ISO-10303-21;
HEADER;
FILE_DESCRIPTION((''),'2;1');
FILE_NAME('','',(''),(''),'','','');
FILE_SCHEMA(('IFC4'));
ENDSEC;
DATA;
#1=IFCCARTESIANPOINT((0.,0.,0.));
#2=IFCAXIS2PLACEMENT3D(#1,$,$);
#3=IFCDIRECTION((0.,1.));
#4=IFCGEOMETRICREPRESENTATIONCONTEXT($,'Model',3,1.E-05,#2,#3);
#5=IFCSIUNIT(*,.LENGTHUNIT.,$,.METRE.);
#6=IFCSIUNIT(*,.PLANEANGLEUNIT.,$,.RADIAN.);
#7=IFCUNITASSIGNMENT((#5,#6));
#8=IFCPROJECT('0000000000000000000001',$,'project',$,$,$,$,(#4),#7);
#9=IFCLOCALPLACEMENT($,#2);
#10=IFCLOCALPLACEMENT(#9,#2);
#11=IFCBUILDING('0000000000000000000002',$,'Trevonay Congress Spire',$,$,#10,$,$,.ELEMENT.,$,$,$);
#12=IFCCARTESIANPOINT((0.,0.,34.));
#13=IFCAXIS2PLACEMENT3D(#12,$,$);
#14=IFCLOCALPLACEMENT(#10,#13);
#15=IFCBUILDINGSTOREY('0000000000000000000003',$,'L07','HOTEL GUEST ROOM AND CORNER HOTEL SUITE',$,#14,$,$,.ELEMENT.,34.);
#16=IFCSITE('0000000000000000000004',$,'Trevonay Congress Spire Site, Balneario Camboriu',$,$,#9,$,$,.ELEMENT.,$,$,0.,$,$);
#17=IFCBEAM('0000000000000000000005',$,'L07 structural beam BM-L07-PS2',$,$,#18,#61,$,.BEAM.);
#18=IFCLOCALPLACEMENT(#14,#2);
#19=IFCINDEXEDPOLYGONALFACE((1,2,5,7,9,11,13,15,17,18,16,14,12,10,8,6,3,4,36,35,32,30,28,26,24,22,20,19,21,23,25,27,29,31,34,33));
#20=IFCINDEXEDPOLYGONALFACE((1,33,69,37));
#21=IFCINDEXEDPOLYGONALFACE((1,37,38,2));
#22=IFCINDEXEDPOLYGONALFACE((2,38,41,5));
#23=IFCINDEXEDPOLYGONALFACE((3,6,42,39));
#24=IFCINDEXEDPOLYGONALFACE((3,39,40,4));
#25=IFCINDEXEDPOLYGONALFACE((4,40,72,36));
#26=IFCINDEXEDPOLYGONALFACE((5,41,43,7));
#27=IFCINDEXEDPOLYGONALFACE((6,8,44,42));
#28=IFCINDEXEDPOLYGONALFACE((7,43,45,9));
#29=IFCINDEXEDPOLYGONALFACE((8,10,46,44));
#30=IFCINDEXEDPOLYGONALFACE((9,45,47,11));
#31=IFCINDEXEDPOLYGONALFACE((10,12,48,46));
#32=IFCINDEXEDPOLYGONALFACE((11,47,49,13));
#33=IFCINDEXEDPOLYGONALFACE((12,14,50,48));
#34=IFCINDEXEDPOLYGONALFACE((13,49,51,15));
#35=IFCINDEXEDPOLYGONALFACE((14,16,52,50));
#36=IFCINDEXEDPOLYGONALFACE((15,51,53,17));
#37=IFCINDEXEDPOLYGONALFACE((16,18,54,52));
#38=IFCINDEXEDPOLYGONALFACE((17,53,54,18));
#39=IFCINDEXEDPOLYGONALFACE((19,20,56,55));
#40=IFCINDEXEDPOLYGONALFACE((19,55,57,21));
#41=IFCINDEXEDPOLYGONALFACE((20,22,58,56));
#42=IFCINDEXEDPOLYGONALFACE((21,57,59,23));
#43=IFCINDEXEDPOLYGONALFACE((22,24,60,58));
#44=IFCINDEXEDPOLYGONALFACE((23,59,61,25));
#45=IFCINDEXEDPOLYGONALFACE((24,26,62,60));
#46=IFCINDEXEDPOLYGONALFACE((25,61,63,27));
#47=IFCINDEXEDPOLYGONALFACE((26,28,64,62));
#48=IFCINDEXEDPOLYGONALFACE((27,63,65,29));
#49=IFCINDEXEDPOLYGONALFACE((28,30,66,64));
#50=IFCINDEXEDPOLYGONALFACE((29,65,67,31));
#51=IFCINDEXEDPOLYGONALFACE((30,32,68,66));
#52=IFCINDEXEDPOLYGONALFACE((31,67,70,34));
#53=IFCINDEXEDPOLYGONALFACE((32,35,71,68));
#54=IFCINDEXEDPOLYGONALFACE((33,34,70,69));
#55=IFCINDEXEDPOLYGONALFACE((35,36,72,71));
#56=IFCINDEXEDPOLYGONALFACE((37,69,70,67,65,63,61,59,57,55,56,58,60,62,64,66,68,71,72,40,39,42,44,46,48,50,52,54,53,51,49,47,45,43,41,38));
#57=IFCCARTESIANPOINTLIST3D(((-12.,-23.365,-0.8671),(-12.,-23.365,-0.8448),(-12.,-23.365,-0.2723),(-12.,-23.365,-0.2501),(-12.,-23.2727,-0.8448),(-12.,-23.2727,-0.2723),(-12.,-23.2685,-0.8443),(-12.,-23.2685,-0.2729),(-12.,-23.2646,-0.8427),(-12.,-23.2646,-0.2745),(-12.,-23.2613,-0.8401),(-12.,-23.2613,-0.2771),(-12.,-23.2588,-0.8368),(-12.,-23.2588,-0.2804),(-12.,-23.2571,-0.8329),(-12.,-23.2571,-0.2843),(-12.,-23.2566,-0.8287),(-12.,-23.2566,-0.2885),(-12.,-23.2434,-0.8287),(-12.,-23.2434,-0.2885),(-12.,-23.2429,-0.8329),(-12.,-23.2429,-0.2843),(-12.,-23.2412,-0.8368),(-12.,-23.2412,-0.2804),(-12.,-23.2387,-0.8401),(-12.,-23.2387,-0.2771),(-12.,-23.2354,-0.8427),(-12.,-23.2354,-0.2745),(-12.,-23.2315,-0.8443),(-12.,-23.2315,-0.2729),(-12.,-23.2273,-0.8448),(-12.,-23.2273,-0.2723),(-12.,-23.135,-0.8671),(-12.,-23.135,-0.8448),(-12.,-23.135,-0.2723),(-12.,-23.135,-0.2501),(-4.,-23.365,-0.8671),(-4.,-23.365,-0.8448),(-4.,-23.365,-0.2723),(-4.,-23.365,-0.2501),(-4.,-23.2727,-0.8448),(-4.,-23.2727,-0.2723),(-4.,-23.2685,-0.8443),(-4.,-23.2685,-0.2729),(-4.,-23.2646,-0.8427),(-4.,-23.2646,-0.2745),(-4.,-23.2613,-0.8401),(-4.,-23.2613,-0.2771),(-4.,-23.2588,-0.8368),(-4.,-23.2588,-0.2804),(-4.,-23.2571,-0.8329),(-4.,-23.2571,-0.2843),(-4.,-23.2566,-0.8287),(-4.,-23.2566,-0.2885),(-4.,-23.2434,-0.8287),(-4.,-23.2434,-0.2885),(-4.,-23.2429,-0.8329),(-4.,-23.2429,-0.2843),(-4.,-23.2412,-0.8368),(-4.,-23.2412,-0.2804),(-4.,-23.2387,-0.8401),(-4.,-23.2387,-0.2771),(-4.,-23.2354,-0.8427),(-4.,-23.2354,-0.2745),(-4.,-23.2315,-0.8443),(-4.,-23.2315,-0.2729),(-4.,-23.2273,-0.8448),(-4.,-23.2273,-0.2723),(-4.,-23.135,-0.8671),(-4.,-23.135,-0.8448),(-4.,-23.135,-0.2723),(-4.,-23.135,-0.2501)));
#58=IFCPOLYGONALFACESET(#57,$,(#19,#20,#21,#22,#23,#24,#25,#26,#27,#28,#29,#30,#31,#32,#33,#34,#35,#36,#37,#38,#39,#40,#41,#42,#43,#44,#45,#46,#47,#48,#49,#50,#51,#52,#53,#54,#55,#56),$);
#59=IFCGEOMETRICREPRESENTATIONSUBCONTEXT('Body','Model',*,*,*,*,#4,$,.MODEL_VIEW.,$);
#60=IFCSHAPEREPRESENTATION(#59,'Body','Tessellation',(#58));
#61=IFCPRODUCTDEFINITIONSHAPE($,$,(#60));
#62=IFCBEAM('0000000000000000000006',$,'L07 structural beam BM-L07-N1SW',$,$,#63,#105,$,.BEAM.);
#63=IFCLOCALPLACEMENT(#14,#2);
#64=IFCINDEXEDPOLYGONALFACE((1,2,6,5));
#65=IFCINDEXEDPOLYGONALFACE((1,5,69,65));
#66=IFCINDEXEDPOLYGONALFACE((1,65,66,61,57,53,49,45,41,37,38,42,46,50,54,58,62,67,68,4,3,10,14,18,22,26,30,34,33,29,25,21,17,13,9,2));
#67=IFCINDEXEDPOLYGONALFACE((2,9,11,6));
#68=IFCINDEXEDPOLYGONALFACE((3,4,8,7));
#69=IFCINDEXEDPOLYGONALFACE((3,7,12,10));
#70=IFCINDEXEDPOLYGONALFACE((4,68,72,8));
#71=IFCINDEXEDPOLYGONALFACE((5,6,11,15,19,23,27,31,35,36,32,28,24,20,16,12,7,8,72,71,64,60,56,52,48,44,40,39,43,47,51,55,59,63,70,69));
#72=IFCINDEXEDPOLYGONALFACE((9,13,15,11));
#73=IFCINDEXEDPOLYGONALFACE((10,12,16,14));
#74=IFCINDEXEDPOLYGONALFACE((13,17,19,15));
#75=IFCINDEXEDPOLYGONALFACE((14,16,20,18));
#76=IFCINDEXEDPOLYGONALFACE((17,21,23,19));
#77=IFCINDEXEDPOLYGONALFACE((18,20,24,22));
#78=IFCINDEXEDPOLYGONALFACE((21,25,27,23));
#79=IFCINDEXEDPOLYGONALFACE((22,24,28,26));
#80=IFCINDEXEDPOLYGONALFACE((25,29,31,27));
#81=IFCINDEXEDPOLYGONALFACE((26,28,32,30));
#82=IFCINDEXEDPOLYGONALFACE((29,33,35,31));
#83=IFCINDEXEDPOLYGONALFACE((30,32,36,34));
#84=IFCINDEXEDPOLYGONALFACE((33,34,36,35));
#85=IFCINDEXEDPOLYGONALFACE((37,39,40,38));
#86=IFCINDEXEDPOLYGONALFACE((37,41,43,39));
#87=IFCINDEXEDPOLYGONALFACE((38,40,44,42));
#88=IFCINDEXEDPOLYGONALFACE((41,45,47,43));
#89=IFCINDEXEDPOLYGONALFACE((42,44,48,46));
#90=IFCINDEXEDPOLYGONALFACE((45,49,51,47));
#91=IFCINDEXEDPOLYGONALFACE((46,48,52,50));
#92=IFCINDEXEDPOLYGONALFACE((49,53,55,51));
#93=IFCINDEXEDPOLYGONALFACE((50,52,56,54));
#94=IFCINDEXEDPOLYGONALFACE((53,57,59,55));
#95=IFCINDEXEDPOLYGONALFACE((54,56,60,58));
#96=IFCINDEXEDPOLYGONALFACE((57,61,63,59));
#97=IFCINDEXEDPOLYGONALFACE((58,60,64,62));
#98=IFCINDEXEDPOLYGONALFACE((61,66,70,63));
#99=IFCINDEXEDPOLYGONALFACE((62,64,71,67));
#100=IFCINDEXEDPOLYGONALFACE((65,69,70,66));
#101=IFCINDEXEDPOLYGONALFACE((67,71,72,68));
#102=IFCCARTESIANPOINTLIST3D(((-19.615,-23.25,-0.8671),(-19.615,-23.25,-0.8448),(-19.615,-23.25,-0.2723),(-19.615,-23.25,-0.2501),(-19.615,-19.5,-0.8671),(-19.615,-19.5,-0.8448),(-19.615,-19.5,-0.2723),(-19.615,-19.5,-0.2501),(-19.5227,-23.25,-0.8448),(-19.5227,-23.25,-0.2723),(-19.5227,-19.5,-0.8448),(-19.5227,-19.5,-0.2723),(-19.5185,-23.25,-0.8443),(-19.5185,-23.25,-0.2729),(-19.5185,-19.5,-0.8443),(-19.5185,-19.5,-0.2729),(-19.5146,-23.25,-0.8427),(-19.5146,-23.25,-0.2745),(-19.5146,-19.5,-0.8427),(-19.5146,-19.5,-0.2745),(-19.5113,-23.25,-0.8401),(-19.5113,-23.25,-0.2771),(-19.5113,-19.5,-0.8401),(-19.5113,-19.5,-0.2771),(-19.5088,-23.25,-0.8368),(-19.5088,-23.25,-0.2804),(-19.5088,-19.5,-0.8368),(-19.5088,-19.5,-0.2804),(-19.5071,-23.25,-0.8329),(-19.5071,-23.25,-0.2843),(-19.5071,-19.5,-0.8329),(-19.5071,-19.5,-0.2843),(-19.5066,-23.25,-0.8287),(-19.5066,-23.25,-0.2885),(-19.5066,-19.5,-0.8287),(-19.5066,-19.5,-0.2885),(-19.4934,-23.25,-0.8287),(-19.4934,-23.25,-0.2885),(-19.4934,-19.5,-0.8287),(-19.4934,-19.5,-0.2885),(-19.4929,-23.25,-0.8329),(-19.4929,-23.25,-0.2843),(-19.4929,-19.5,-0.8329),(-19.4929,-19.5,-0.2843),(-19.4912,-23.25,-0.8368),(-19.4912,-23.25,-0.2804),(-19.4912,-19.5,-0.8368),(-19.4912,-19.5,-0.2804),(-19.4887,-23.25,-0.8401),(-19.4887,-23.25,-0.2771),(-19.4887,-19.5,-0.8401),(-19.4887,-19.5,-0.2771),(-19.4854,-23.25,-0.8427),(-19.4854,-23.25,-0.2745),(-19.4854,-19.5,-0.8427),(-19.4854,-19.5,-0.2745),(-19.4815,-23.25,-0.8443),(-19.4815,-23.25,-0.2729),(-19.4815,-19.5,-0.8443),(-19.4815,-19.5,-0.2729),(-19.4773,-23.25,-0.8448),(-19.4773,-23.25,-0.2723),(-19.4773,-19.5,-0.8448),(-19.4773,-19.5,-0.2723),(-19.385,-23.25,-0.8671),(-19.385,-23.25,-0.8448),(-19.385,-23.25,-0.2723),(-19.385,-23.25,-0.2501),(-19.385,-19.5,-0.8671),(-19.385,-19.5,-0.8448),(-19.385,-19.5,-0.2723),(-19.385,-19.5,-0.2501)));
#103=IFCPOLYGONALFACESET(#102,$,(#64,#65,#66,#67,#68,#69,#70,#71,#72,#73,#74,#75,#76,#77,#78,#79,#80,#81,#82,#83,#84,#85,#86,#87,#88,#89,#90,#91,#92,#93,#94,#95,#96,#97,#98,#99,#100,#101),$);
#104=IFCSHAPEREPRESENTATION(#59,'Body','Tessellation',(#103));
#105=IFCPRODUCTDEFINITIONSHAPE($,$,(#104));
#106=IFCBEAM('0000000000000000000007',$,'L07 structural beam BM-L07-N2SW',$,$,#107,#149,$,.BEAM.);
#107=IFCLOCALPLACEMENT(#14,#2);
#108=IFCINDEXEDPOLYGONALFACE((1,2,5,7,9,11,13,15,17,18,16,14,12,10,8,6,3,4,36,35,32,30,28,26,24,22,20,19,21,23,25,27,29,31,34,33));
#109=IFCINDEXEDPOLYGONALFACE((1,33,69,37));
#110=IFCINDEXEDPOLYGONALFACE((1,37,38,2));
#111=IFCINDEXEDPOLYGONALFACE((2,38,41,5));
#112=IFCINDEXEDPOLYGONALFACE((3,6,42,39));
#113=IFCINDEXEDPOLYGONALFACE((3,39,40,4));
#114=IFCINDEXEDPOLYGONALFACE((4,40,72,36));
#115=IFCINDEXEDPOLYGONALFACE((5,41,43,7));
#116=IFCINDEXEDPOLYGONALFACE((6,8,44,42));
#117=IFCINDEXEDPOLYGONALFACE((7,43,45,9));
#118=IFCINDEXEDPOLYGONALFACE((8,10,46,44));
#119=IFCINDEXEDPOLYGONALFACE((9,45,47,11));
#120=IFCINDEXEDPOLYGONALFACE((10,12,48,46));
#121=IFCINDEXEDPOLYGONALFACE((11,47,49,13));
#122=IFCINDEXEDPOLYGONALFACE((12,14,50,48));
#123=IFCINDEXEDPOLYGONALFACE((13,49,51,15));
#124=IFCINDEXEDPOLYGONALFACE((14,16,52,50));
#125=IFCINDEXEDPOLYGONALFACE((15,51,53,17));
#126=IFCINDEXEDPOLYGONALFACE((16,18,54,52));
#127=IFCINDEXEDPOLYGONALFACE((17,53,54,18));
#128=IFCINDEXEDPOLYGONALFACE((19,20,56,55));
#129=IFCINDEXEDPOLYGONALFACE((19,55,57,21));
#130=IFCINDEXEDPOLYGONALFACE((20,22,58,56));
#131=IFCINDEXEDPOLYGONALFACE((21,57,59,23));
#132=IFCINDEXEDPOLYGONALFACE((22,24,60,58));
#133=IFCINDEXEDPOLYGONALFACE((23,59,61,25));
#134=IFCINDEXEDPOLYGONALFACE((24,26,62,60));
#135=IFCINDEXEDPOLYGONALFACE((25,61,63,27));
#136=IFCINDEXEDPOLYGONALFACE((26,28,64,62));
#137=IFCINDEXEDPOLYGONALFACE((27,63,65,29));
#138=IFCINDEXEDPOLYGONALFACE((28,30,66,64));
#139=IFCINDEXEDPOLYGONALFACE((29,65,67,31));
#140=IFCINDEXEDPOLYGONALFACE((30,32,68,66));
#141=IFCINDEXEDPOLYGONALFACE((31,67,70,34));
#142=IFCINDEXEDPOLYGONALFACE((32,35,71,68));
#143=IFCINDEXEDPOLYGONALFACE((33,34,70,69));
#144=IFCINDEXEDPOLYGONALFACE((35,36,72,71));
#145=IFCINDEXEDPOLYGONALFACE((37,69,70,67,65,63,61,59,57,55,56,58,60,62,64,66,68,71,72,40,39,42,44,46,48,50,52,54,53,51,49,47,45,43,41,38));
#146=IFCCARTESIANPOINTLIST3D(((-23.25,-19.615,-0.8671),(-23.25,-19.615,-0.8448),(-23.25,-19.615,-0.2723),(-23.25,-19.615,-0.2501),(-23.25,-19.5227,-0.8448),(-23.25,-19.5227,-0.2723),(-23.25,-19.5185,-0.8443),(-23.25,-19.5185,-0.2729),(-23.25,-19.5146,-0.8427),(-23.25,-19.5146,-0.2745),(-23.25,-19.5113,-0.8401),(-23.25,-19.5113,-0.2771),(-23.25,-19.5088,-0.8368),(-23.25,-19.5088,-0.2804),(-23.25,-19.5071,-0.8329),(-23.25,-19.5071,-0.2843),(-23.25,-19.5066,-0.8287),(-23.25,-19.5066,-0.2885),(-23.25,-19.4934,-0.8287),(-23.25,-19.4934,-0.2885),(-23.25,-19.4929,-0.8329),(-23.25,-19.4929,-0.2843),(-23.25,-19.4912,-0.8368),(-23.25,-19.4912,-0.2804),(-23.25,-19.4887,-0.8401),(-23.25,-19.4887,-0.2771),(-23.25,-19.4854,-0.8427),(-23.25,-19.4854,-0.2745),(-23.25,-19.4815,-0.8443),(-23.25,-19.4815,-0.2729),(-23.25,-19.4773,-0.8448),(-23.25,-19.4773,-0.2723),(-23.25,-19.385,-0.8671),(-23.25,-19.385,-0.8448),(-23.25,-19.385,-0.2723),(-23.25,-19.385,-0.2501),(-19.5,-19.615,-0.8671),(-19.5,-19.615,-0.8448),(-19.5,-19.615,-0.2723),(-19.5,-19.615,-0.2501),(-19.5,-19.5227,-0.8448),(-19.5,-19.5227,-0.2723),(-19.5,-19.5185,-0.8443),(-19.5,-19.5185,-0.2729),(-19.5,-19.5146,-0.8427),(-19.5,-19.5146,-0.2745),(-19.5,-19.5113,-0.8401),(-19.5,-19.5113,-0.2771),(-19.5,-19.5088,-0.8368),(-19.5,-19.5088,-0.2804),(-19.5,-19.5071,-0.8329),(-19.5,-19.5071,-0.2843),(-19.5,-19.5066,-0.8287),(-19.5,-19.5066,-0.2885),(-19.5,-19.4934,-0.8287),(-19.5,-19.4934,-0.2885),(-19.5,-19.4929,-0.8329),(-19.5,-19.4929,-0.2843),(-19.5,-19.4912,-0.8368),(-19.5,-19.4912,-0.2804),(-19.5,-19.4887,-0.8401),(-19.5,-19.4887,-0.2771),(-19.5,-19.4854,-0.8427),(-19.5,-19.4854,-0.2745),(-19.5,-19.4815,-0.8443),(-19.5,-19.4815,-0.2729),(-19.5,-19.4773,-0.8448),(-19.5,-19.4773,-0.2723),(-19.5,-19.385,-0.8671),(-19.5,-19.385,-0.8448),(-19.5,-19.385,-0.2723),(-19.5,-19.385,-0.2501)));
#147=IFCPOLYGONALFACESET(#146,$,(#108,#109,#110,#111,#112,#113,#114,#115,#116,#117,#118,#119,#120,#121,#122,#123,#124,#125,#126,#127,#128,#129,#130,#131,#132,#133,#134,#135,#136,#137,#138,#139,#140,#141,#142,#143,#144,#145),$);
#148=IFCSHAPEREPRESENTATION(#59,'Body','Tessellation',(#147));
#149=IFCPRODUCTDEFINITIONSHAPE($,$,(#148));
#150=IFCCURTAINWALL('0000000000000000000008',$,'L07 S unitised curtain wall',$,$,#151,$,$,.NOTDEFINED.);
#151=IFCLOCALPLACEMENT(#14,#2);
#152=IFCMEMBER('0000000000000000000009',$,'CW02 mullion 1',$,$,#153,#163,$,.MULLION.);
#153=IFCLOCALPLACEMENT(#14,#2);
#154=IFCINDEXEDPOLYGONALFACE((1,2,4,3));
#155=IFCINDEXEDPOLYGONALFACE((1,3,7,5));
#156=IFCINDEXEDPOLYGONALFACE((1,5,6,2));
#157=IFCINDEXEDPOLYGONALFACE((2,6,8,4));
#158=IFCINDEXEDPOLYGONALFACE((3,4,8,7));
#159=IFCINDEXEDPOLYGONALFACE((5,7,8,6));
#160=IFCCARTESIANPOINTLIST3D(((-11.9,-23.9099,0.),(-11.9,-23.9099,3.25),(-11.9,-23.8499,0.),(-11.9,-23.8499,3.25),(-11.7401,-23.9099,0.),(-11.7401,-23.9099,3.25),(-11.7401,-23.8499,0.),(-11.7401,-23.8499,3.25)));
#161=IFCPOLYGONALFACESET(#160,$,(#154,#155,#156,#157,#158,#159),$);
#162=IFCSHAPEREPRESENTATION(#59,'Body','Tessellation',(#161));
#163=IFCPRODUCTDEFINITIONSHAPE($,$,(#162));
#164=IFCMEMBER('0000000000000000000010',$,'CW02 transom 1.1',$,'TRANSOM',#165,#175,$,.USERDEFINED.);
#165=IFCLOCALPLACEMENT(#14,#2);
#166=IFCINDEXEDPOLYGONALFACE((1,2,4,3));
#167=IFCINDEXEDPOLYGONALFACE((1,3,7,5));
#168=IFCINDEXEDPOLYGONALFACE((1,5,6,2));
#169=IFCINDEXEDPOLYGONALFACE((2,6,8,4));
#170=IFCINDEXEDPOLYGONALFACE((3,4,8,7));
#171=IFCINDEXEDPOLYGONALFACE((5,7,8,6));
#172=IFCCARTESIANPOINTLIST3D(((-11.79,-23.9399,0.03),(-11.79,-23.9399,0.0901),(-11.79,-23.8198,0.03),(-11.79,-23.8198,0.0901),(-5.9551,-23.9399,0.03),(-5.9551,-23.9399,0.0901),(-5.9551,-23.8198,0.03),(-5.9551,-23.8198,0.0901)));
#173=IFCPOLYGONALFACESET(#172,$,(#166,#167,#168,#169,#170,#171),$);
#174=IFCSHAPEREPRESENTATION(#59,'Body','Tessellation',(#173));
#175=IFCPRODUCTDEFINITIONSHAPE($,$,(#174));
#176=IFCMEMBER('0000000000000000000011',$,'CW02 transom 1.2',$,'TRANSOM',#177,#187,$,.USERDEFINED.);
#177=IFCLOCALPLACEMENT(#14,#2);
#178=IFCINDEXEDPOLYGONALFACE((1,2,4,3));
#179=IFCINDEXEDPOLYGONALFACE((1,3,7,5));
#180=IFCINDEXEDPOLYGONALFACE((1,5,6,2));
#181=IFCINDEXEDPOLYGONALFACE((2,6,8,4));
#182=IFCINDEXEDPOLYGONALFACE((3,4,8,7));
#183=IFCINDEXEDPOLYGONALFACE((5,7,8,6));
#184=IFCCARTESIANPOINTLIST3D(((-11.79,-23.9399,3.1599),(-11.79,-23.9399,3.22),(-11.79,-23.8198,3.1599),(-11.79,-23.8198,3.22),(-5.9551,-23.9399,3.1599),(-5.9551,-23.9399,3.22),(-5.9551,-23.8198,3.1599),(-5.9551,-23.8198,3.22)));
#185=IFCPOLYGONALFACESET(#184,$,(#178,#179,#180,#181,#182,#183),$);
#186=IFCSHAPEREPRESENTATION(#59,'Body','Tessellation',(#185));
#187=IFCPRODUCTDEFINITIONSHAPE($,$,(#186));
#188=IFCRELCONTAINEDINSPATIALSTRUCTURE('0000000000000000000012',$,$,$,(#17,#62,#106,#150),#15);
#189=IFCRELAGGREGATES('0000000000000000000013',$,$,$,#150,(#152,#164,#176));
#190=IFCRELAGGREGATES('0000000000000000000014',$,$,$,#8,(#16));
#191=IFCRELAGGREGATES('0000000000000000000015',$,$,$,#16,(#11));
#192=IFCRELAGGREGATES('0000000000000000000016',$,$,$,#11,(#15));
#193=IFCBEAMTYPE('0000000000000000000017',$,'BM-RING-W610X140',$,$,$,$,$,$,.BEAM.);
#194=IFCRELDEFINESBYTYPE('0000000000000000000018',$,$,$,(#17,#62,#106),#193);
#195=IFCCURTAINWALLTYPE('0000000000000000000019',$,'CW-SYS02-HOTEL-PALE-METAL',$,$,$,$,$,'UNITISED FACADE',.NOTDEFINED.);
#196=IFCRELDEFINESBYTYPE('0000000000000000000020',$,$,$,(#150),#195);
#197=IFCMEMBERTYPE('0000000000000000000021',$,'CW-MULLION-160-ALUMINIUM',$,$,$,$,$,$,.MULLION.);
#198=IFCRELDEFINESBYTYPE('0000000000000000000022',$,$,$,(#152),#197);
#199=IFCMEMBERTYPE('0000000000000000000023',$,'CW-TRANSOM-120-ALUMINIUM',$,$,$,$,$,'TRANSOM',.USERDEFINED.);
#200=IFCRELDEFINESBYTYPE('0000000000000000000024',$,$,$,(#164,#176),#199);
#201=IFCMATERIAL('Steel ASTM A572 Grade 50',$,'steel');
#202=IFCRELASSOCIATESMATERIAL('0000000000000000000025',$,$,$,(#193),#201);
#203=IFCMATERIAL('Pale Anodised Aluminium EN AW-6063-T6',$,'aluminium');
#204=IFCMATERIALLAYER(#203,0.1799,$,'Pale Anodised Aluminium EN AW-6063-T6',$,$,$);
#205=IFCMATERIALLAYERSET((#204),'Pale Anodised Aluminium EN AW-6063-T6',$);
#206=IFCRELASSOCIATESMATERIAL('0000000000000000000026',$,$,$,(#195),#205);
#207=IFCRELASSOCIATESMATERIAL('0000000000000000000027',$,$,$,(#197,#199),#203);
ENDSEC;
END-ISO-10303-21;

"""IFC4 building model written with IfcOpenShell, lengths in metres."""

from ifc_helpers import new_model, si_unit, direction, frame, origin, origin_2d, place, context, subcontext, project, spatial, rectangle, i_section, extrude, material, layer, layer_set, material_profile, profile_set, type_object, element, aggregate, save


model = new_model("IFC4")

# Units and contexts
model_context = context("Model", 3, precision=1e-05, world=origin(), true_north=direction((0.0, 1.0)))
body_context = subcontext(model_context, "Body", "Model", "MODEL_VIEW")
ifc_project = project(units=[si_unit("LENGTHUNIT", "METRE"), si_unit("PLANEANGLEUNIT", "RADIAN")], contexts=[model_context])

# Site, building, storey
site_placement = place(None, origin())
site = spatial("IfcSite", under=ifc_project, at=site_placement, Name="Trevonay Congress Spire Site, Balneario Camboriu", CompositionType="ELEMENT", RefElevation=0.0)
building_placement = place(site_placement, origin())
building = spatial("IfcBuilding", under=site, at=building_placement, Name="Trevonay Congress Spire", CompositionType="ELEMENT")
storey_placement = place(building_placement, frame((0.0, 0.0, 34.0)))
storey = spatial("IfcBuildingStorey", under=building, at=storey_placement, Name="L07", Description="HOTEL GUEST ROOM AND CORNER HOTEL SUITE", CompositionType="ELEMENT", Elevation=34.0)

# Shared definitions
ifc_material_1 = material(Name="Steel ASTM A572 Grade 50", Category="steel")

# Beams
ifc_material_profile_1 = material_profile(ifc_material_1, i_section(OverallWidth=0.23, OverallDepth=0.6169, WebThickness=0.0132, FlangeThickness=0.0222, FilletRadius=0.0161, at=origin_2d()), Name="W610x140")
ifc_profile_set_1 = profile_set([ifc_material_profile_1], Name="Steel ASTM A572 Grade 50")
beam_type_1 = type_object("IfcBeamType", Name="BM-RING-W610X140", PredefinedType="BEAM", material=ifc_profile_set_1)
beam_1_placement = place(storey_placement, frame((-12.0, -23.25, -0.5586), z_axis=(1.0, 0.0, 0.0), x_axis=(0.0, 1.0, 0.0)))
element("IfcBeam", 1, at=beam_1_placement, inside=storey, type_object=beam_type_1, Name="L07 structural beam BM-L07-PS2", PredefinedType="BEAM", context=body_context, shape_type="SweptSolid", body=[
    extrude(i_section(OverallWidth=0.23, OverallDepth=0.6169, WebThickness=0.0132, FlangeThickness=0.0222, FilletRadius=0.0161, at=origin_2d()), origin(), (0.0, 0.0, 1.0), 8.0),
])
for number, where, z_axis, x_axis, name in (
    (2, (-19.5, -23.25, -0.5586), (0.0, 1.0, 0.0), (-1.0, 0.0, 0.0), "L07 structural beam BM-L07-N1SW"),
    (3, (-23.25, -19.5, -0.5586), (1.0, 0.0, 0.0), (0.0, 1.0, 0.0), "L07 structural beam BM-L07-N2SW"),
):
    element("IfcBeam", number, at=place(storey_placement, frame(where, z_axis=z_axis, x_axis=x_axis)), inside=storey, type_object=beam_type_1, Name=name, PredefinedType="BEAM", context=body_context, shape_type="SweptSolid", body=[
        extrude(i_section(OverallWidth=0.23, OverallDepth=0.6169, WebThickness=0.0132, FlangeThickness=0.0222, FilletRadius=0.0161, at=origin_2d()), origin(), (0.0, 0.0, 1.0), 3.75),
    ])

# Curtain wall, members
ifc_material_2 = material(Name="Pale Anodised Aluminium EN AW-6063-T6", Category="aluminium")
ifc_layer_1 = layer(ifc_material_2, 0.1799, Name="Pale Anodised Aluminium EN AW-6063-T6")
ifc_layer_set_1 = layer_set([ifc_layer_1], Name="Pale Anodised Aluminium EN AW-6063-T6")
curtain_wall_type = type_object("IfcCurtainWallType", Name="CW-SYS02-HOTEL-PALE-METAL", ElementType="UNITISED FACADE", PredefinedType="NOTDEFINED", material=ifc_layer_set_1)
curtain_wall_placement = place(storey_placement, origin())
curtain_wall = element("IfcCurtainWall", 4, at=curtain_wall_placement, inside=storey, type_object=curtain_wall_type, Name="L07 S unitised curtain wall", PredefinedType="NOTDEFINED")
ifc_material_profile_2 = material_profile(ifc_material_2, rectangle(XDim=0.0601, YDim=0.1599, at=origin_2d()), Name="CW-MULLION-160-ALUMINIUM")
ifc_profile_set_2 = profile_set([ifc_material_profile_2], Name="Pale Anodised Aluminium EN AW-6063-T6")
member_type_1 = type_object("IfcMemberType", Name="CW-MULLION-160-ALUMINIUM", PredefinedType="MULLION", material=ifc_profile_set_2)
member_1_placement = place(storey_placement, frame((-11.8201, -23.8799, 0.0), z_axis=(0.0, 0.0, 1.0), x_axis=(0.0, 1.0, 0.0)))
member_1 = element("IfcMember", 5, at=member_1_placement, type_object=member_type_1, Name="CW02 mullion 1", PredefinedType="MULLION", context=body_context, shape_type="SweptSolid", body=[
    extrude(rectangle(XDim=0.0601, YDim=0.1599, at=origin_2d()), origin(), (0.0, 0.0, 1.0), 3.25),
])
ifc_material_profile_3 = material_profile(ifc_material_2, rectangle(XDim=0.1201, YDim=0.0601, at=origin_2d()), Name="CW-TRANSOM-120-ALUMINIUM")
ifc_profile_set_3 = profile_set([ifc_material_profile_3], Name="Pale Anodised Aluminium EN AW-6063-T6")
member_type_2 = type_object("IfcMemberType", Name="CW-TRANSOM-120-ALUMINIUM", ElementType="TRANSOM", PredefinedType="USERDEFINED", material=ifc_profile_set_3)
member_2_placement = place(storey_placement, frame((-11.79, -23.8799, 0.0601), z_axis=(1.0, 0.0, 0.0), x_axis=(0.0, 1.0, 0.0)))
member_2 = element("IfcMember", 6, at=member_2_placement, type_object=member_type_2, Name="CW02 transom 1.1", ObjectType="TRANSOM", PredefinedType="USERDEFINED", context=body_context, shape_type="SweptSolid", body=[
    extrude(rectangle(XDim=0.1201, YDim=0.0601, at=origin_2d()), origin(), (0.0, 0.0, 1.0), 5.835),
])
member_3_placement = place(storey_placement, frame((-11.79, -23.8799, 3.1899), z_axis=(1.0, 0.0, 0.0), x_axis=(0.0, 1.0, 0.0)))
member_3 = element("IfcMember", 7, at=member_3_placement, type_object=member_type_2, Name="CW02 transom 1.2", ObjectType="TRANSOM", PredefinedType="USERDEFINED", context=body_context, shape_type="SweptSolid", body=[
    extrude(rectangle(XDim=0.1201, YDim=0.0601, at=origin_2d()), origin(), (0.0, 0.0, 1.0), 5.835),
])
aggregate(curtain_wall, [member_1, member_2, member_3])

save(model, "model.ifc")
